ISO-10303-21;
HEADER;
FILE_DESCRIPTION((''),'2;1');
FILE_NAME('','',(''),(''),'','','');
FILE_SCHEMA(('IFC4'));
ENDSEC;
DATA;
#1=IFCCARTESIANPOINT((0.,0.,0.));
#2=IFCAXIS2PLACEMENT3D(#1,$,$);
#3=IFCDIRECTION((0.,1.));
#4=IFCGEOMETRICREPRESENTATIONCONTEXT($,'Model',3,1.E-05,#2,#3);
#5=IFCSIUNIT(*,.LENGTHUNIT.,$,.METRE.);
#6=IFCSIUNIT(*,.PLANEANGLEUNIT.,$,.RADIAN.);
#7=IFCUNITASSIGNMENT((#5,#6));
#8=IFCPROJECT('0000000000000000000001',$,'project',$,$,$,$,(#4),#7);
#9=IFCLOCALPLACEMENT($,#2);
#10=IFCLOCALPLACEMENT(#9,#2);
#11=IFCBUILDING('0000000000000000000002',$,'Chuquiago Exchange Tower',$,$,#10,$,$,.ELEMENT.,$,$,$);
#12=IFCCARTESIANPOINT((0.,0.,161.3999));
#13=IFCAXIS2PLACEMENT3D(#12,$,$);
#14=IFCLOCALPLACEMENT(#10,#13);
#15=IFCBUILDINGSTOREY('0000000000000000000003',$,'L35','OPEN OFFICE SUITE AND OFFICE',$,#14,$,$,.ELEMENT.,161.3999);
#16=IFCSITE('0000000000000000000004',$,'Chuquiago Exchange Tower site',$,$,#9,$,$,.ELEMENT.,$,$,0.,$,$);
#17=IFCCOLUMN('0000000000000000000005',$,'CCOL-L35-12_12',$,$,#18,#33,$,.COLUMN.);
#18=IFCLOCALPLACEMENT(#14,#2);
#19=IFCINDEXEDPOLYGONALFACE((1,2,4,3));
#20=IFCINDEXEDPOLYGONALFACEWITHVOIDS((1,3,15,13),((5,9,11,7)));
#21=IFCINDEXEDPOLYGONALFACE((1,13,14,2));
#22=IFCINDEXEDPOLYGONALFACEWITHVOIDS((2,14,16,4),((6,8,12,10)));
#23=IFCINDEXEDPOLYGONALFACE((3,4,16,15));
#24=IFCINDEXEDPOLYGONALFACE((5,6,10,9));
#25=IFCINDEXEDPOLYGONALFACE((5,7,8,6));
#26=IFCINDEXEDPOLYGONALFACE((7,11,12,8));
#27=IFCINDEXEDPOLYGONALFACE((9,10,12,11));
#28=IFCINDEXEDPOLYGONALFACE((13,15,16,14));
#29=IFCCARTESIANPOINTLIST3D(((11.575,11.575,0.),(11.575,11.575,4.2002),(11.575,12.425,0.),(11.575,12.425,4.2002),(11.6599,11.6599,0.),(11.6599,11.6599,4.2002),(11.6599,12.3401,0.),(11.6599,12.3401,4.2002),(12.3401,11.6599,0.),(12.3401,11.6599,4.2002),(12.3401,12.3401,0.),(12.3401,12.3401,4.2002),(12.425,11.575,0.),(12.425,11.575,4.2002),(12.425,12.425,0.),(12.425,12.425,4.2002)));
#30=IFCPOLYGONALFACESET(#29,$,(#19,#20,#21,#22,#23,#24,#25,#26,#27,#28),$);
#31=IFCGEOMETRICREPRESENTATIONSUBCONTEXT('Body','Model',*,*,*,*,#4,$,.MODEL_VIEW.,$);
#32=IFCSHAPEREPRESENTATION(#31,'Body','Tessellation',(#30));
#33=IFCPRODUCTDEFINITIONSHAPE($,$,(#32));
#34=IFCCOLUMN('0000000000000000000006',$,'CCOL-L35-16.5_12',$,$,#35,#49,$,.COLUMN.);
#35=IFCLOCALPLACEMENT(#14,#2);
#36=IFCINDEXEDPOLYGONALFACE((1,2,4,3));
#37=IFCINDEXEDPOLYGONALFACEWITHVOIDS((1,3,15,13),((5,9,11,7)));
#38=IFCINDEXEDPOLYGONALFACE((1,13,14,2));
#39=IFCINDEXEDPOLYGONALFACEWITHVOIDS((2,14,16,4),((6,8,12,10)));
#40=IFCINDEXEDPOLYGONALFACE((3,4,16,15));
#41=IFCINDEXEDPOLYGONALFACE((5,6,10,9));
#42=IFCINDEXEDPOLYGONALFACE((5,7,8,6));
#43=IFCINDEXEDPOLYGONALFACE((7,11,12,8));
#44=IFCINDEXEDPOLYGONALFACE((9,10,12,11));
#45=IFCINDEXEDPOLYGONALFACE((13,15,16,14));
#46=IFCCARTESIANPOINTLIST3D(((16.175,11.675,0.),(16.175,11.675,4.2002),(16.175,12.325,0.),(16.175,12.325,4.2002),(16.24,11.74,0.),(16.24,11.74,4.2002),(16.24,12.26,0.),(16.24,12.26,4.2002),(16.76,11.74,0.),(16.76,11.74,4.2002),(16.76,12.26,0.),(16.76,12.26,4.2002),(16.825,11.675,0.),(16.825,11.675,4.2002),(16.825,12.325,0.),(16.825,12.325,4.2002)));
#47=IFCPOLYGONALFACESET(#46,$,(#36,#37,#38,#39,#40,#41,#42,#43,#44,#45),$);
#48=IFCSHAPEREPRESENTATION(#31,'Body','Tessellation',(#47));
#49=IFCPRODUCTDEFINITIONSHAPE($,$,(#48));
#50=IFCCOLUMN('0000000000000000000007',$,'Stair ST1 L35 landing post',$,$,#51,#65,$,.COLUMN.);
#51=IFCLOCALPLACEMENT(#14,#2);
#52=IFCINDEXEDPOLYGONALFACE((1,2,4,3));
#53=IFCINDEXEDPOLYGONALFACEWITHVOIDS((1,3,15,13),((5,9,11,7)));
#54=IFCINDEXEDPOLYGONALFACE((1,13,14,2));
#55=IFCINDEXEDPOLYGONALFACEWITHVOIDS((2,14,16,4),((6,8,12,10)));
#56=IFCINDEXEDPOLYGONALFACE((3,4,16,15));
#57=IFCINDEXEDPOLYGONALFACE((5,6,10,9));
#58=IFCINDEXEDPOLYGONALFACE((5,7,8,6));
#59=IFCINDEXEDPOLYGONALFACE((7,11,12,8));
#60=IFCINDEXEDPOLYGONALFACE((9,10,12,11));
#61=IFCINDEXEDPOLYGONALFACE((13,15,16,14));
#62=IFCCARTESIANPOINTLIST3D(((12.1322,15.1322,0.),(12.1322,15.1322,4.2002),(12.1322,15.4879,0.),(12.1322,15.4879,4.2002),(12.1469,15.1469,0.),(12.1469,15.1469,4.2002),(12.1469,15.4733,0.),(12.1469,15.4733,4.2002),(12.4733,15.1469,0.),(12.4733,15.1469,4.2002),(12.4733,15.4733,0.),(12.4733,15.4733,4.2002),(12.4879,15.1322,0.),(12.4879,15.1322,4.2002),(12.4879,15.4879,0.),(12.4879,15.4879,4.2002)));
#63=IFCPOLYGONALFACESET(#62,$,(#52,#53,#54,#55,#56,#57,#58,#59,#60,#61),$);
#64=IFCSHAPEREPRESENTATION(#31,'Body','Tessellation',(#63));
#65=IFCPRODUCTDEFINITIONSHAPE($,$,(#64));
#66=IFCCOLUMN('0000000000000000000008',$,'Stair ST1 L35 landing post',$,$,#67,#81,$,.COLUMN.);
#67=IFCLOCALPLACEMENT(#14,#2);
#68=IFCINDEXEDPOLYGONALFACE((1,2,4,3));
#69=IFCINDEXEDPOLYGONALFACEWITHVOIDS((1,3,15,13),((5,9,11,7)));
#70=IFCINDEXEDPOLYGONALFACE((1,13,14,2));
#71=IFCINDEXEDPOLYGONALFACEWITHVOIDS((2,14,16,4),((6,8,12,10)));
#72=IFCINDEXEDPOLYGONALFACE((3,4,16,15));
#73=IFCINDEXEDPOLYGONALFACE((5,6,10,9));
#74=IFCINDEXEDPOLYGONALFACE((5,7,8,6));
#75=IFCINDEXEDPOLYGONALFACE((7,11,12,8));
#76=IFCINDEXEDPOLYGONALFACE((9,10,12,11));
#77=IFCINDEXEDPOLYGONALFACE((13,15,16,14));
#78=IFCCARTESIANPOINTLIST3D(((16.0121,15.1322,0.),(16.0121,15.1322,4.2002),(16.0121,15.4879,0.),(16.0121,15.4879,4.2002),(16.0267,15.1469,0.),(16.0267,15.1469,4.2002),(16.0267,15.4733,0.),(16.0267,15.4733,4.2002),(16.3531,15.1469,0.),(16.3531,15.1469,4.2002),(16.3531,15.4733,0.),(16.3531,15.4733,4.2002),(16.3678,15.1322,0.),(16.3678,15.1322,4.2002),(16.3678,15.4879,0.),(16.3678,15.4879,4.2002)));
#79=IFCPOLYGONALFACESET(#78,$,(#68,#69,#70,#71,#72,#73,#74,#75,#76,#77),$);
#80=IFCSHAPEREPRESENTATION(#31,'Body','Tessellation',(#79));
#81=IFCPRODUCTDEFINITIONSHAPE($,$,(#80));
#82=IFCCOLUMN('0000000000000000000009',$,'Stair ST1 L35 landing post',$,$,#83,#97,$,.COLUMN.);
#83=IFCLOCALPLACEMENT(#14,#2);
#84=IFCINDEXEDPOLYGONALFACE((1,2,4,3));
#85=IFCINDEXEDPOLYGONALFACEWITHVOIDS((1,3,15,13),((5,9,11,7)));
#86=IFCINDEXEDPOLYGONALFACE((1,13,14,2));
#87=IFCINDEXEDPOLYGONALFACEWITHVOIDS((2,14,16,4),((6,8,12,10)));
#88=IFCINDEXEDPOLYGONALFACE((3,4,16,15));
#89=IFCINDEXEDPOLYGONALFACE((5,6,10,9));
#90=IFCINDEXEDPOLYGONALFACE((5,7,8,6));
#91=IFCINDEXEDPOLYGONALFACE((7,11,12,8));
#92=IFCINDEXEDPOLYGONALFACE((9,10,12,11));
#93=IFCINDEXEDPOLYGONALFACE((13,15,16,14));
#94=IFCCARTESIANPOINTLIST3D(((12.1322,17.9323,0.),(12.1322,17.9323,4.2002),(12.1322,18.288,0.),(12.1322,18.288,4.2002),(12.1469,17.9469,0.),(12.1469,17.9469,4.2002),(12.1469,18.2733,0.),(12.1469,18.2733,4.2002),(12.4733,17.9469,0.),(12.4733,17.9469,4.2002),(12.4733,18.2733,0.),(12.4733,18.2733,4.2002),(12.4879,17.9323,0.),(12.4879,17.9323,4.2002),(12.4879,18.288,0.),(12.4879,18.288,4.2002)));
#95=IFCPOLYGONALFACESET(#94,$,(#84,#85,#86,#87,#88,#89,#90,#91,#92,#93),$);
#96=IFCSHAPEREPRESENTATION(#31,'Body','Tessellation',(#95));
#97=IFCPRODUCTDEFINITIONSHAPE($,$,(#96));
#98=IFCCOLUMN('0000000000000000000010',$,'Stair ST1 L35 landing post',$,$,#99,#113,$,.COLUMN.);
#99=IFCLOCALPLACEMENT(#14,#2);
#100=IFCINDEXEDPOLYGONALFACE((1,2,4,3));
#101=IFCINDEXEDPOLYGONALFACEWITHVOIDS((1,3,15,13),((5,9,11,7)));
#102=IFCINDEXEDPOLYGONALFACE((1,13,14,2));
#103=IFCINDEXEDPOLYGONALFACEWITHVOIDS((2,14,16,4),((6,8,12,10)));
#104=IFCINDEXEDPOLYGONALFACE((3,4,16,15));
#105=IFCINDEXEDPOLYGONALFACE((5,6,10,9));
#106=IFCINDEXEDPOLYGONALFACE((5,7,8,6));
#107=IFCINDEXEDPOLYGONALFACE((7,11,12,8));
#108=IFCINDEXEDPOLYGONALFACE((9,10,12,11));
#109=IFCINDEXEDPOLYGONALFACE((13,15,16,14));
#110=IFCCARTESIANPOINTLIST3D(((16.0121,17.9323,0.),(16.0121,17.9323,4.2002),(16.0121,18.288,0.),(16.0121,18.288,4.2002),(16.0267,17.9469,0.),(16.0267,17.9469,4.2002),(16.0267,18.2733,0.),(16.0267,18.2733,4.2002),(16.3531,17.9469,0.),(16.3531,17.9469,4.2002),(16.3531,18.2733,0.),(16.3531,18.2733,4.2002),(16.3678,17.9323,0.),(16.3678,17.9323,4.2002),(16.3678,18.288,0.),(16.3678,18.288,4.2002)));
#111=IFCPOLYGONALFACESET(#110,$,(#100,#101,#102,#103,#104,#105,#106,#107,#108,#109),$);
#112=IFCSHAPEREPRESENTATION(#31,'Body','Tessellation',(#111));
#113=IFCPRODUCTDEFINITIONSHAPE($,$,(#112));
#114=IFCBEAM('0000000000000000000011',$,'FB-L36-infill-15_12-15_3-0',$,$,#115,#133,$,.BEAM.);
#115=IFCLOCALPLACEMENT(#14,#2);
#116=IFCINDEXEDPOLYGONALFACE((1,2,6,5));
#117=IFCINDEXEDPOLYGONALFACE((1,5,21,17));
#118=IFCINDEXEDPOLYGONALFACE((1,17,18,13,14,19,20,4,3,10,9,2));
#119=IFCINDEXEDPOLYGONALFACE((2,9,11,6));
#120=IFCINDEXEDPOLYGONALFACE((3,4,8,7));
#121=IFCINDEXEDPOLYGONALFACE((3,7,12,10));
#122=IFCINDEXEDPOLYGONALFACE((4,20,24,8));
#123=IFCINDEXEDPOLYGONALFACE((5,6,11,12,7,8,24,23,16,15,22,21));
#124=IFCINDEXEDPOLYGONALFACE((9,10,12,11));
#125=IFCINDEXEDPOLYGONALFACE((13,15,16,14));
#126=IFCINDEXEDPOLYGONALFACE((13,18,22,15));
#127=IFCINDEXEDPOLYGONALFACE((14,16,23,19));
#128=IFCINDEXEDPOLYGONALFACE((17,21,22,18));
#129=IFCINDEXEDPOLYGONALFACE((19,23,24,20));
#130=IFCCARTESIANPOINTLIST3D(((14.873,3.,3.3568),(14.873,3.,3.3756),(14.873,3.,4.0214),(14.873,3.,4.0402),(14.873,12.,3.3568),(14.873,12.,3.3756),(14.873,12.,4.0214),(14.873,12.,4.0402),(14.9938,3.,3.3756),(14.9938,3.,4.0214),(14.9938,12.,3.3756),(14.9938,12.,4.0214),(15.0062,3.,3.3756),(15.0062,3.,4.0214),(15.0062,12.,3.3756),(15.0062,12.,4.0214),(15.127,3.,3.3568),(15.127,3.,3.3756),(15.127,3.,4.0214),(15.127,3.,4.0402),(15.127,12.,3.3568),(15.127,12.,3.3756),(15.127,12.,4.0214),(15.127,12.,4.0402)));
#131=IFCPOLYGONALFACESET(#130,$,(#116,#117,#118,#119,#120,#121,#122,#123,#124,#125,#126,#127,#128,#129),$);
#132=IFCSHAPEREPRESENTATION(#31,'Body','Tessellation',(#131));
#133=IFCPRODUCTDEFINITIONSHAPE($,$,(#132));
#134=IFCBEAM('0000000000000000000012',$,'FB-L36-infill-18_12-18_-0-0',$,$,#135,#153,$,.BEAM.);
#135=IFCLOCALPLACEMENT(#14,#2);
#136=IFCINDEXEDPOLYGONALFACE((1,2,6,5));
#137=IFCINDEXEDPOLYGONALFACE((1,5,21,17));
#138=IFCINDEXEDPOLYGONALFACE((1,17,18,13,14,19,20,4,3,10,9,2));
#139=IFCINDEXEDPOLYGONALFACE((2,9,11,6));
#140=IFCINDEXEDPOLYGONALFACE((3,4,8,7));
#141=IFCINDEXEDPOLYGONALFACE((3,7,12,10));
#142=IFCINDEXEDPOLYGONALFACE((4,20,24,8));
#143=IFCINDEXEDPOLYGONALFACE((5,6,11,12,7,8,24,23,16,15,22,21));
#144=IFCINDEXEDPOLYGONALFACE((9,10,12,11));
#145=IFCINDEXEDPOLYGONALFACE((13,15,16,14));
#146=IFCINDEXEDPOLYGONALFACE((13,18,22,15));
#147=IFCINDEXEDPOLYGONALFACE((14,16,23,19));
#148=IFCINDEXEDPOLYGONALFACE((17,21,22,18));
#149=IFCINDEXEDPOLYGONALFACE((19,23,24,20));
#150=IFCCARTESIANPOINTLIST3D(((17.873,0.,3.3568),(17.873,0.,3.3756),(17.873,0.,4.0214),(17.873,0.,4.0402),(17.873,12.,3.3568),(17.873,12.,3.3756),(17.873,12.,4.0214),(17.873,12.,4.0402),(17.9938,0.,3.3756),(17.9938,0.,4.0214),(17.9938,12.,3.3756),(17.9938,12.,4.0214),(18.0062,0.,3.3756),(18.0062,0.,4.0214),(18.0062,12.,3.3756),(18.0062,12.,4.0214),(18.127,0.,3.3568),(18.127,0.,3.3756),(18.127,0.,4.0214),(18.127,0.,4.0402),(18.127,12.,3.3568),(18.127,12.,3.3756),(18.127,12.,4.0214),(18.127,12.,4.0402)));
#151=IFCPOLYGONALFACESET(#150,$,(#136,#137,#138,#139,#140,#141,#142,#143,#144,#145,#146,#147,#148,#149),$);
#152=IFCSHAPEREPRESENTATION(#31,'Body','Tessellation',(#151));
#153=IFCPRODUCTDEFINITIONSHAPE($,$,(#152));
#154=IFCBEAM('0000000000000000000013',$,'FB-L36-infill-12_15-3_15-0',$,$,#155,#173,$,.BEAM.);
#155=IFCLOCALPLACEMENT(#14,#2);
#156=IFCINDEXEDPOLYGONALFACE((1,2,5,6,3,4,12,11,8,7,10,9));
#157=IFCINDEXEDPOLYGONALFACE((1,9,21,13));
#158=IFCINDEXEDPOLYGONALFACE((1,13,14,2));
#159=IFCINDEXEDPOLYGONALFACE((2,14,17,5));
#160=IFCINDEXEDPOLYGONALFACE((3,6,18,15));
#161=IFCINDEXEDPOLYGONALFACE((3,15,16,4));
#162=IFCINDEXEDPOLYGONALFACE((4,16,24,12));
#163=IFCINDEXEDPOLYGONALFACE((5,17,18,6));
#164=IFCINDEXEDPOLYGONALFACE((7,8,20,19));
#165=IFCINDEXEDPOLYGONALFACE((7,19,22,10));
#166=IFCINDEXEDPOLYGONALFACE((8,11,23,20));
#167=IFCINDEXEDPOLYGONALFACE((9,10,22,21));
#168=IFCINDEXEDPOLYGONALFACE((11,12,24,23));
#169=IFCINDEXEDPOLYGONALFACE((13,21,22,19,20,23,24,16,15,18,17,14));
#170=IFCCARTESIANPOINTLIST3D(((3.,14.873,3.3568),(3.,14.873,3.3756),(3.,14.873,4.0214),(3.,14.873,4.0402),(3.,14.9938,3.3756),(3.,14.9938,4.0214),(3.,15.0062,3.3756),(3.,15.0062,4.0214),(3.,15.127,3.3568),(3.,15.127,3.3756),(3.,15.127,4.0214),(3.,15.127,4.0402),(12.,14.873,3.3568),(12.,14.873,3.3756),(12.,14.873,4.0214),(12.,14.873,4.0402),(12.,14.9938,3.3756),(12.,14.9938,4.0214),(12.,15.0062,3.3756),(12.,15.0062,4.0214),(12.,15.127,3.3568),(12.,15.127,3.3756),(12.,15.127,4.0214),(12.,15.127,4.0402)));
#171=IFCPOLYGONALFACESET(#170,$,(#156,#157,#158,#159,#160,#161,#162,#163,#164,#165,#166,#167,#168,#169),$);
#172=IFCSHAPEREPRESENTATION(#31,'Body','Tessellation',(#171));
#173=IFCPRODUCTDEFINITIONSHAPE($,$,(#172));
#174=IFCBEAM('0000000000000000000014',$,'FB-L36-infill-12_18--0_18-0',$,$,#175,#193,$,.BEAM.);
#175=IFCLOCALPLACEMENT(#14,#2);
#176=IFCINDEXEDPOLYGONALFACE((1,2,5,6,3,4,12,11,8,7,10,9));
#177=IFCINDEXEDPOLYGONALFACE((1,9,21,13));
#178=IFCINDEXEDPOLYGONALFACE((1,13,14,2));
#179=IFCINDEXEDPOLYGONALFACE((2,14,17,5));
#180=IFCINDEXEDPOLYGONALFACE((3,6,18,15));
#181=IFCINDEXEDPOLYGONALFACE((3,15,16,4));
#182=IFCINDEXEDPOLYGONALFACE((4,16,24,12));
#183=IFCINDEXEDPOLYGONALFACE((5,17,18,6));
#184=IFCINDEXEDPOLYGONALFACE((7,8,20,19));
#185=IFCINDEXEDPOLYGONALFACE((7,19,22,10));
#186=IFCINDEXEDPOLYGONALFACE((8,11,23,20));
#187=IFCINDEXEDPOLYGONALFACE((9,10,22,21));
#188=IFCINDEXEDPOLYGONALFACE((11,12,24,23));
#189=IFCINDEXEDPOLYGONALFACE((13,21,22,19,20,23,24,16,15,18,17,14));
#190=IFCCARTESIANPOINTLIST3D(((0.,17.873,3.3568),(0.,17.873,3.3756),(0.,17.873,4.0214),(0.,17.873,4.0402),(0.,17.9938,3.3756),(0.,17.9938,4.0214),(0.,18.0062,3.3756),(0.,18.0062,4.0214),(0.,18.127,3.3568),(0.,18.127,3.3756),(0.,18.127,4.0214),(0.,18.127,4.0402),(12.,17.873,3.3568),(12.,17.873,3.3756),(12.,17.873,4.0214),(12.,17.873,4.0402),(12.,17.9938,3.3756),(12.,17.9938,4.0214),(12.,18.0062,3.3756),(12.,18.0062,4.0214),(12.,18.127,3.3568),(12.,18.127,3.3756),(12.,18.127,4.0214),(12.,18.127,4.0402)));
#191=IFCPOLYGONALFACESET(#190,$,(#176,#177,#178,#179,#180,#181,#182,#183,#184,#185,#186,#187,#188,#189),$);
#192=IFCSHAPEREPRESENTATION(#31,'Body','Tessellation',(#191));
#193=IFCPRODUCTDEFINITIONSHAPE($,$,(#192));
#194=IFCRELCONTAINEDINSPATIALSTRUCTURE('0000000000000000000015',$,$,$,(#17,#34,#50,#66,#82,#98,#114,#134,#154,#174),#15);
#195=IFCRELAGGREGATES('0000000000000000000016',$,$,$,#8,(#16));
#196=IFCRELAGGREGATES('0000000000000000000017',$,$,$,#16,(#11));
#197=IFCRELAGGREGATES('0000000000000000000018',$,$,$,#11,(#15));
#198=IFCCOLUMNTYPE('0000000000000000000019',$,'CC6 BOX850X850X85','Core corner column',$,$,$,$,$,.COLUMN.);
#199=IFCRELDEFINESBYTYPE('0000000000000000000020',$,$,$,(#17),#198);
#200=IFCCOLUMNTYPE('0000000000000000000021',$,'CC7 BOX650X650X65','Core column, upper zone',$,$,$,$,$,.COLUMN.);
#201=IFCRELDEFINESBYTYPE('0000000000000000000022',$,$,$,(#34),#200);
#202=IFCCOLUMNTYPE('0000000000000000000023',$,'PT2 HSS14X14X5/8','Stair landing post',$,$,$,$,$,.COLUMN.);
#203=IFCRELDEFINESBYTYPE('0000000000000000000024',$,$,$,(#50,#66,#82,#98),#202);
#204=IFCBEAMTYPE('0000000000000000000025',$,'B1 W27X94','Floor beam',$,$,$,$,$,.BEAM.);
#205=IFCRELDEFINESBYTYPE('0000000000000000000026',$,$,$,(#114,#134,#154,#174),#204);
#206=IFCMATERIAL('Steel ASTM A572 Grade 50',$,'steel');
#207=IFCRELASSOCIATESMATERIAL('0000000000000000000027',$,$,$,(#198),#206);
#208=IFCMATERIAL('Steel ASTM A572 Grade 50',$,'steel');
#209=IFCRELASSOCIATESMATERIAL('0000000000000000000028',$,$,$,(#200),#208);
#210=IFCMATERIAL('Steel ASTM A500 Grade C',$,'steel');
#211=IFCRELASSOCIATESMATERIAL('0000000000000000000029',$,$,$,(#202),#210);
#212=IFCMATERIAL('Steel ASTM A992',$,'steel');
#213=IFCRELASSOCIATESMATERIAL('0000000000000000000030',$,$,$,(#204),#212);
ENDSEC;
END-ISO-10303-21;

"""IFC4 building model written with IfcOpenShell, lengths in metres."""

from ifc_helpers import new_model, si_unit, direction, frame, origin, origin_2d, place, context, subcontext, project, spatial, hollow_rectangle, i_section, extrude, material, material_profile, profile_set, type_object, element, save


model = new_model("IFC4")

# Units and contexts
model_context = context("Model", 3, precision=1e-05, world=origin(), true_north=direction((0.0, 1.0)))
body_context = subcontext(model_context, "Body", "Model", "MODEL_VIEW")
ifc_project = project(units=[si_unit("LENGTHUNIT", "METRE"), si_unit("PLANEANGLEUNIT", "RADIAN")], contexts=[model_context])

# Site, building, storey
site_placement = place(None, origin())
site = spatial("IfcSite", under=ifc_project, at=site_placement, Name="Chuquiago Exchange Tower site", CompositionType="ELEMENT", RefElevation=0.0)
building_placement = place(site_placement, origin())
building = spatial("IfcBuilding", under=site, at=building_placement, Name="Chuquiago Exchange Tower", CompositionType="ELEMENT")
storey_placement = place(building_placement, frame((0.0, 0.0, 161.3999)))
storey = spatial("IfcBuildingStorey", under=building, at=storey_placement, Name="L35", Description="OPEN OFFICE SUITE AND OFFICE", CompositionType="ELEMENT", Elevation=161.3999)

# Columns
ifc_material_1 = material(Name="Steel ASTM A572 Grade 50", Category="steel")
ifc_material_profile_1 = material_profile(ifc_material_1, hollow_rectangle(XDim=0.8501, YDim=0.8501, WallThickness=0.085, at=origin_2d()), Name="BOX850X850X85")
ifc_profile_set_1 = profile_set([ifc_material_profile_1], Name="Steel ASTM A572 Grade 50")
column_type_1 = type_object("IfcColumnType", Name="CC6 BOX850X850X85", Description="Core corner column", PredefinedType="COLUMN", material=ifc_profile_set_1)
column_1_placement = place(storey_placement, frame((12.0, 12.0, 0.0), z_axis=(0.0, 0.0, 1.0), x_axis=(1.0, 0.0, 0.0)))
element("IfcColumn", 1, at=column_1_placement, inside=storey, type_object=column_type_1, Name="CCOL-L35-12_12", PredefinedType="COLUMN", context=body_context, shape_type="SweptSolid", body=[
    extrude(hollow_rectangle(XDim=0.8501, YDim=0.8501, WallThickness=0.085, at=origin_2d()), origin(), (0.0, 0.0, 1.0), 4.2002),
])
ifc_material_2 = material(Name="Steel ASTM A572 Grade 50", Category="steel")
ifc_material_profile_2 = material_profile(ifc_material_2, hollow_rectangle(XDim=0.6499, YDim=0.6499, WallThickness=0.0649, at=origin_2d()), Name="BOX650X650X65")
ifc_profile_set_2 = profile_set([ifc_material_profile_2], Name="Steel ASTM A572 Grade 50")
column_type_2 = type_object("IfcColumnType", Name="CC7 BOX650X650X65", Description="Core column, upper zone", PredefinedType="COLUMN", material=ifc_profile_set_2)
column_2_placement = place(storey_placement, frame((16.5, 12.0, 0.0), z_axis=(0.0, 0.0, 1.0), x_axis=(1.0, 0.0, 0.0)))
element("IfcColumn", 2, at=column_2_placement, inside=storey, type_object=column_type_2, Name="CCOL-L35-16.5_12", PredefinedType="COLUMN", context=body_context, shape_type="SweptSolid", body=[
    extrude(hollow_rectangle(XDim=0.6499, YDim=0.6499, WallThickness=0.0649, at=origin_2d()), origin(), (0.0, 0.0, 1.0), 4.2002),
])
ifc_material_3 = material(Name="Steel ASTM A500 Grade C", Category="steel")
ifc_material_profile_3 = material_profile(ifc_material_3, hollow_rectangle(XDim=0.3557, YDim=0.3557, WallThickness=0.0146, at=origin_2d()), Name="HSS14X14X5/8")
ifc_profile_set_3 = profile_set([ifc_material_profile_3], Name="Steel ASTM A500 Grade C")
column_type_3 = type_object("IfcColumnType", Name="PT2 HSS14X14X5/8", Description="Stair landing post", PredefinedType="COLUMN", material=ifc_profile_set_3)
for number, where, z_axis, x_axis, name in (
    (3, (12.3101, 15.3101, 0.0), (0.0, 0.0, 1.0), (1.0, 0.0, 0.0), "Stair ST1 L35 landing post"),
    (4, (16.1899, 15.3101, 0.0), (0.0, 0.0, 1.0), (1.0, 0.0, 0.0), "Stair ST1 L35 landing post"),
    (5, (12.3101, 18.1101, 0.0), (0.0, 0.0, 1.0), (1.0, 0.0, 0.0), "Stair ST1 L35 landing post"),
    (6, (16.1899, 18.1101, 0.0), (0.0, 0.0, 1.0), (1.0, 0.0, 0.0), "Stair ST1 L35 landing post"),
):
    element("IfcColumn", number, at=place(storey_placement, frame(where, z_axis=z_axis, x_axis=x_axis)), inside=storey, type_object=column_type_3, Name=name, PredefinedType="COLUMN", context=body_context, shape_type="SweptSolid", body=[
        extrude(hollow_rectangle(XDim=0.3557, YDim=0.3557, WallThickness=0.0146, at=origin_2d()), origin(), (0.0, 0.0, 1.0), 4.2002),
    ])

# Beams
ifc_material_4 = material(Name="Steel ASTM A992", Category="steel")
ifc_material_profile_4 = material_profile(ifc_material_4, i_section(OverallWidth=0.2539, OverallDepth=0.6833, WebThickness=0.0125, FlangeThickness=0.0188, at=origin_2d()), Name="W27X94")
ifc_profile_set_4 = profile_set([ifc_material_profile_4], Name="Steel ASTM A992")
beam_type_1 = type_object("IfcBeamType", Name="B1 W27X94", Description="Floor beam", PredefinedType="BEAM", material=ifc_profile_set_4)
beam_1_placement = place(storey_placement, frame((15.0, 12.0, 3.6985), z_axis=(0.0, -1.0, 0.0), x_axis=(1.0, 0.0, 0.0)))
element("IfcBeam", 7, at=beam_1_placement, inside=storey, type_object=beam_type_1, Name="FB-L36-infill-15_12-15_3-0", PredefinedType="BEAM", context=body_context, shape_type="SweptSolid", body=[
    extrude(i_section(OverallWidth=0.2539, OverallDepth=0.6833, WebThickness=0.0125, FlangeThickness=0.0188, at=origin_2d()), origin(), (0.0, 0.0, 1.0), 9.0),
])
beam_2_placement = place(storey_placement, frame((18.0, 12.0, 3.6985), z_axis=(0.0, -1.0, 0.0), x_axis=(1.0, 0.0, 0.0)))
element("IfcBeam", 8, at=beam_2_placement, inside=storey, type_object=beam_type_1, Name="FB-L36-infill-18_12-18_-0-0", PredefinedType="BEAM", context=body_context, shape_type="SweptSolid", body=[
    extrude(i_section(OverallWidth=0.2539, OverallDepth=0.6833, WebThickness=0.0125, FlangeThickness=0.0188, at=origin_2d()), origin(), (0.0, 0.0, 1.0), 12.0),
])
beam_3_placement = place(storey_placement, frame((12.0, 15.0, 3.6985), z_axis=(-1.0, 0.0, 0.0), x_axis=(0.0, -1.0, 0.0)))
element("IfcBeam", 9, at=beam_3_placement, inside=storey, type_object=beam_type_1, Name="FB-L36-infill-12_15-3_15-0", PredefinedType="BEAM", context=body_context, shape_type="SweptSolid", body=[
    extrude(i_section(OverallWidth=0.2539, OverallDepth=0.6833, WebThickness=0.0125, FlangeThickness=0.0188, at=origin_2d()), origin(), (0.0, 0.0, 1.0), 9.0),
])
beam_4_placement = place(storey_placement, frame((12.0, 18.0, 3.6985), z_axis=(-1.0, 0.0, 0.0), x_axis=(0.0, -1.0, 0.0)))
element("IfcBeam", 10, at=beam_4_placement, inside=storey, type_object=beam_type_1, Name="FB-L36-infill-12_18--0_18-0", PredefinedType="BEAM", context=body_context, shape_type="SweptSolid", body=[
    extrude(i_section(OverallWidth=0.2539, OverallDepth=0.6833, WebThickness=0.0125, FlangeThickness=0.0188, at=origin_2d()), origin(), (0.0, 0.0, 1.0), 12.0),
])

save(model, "model.ifc")
